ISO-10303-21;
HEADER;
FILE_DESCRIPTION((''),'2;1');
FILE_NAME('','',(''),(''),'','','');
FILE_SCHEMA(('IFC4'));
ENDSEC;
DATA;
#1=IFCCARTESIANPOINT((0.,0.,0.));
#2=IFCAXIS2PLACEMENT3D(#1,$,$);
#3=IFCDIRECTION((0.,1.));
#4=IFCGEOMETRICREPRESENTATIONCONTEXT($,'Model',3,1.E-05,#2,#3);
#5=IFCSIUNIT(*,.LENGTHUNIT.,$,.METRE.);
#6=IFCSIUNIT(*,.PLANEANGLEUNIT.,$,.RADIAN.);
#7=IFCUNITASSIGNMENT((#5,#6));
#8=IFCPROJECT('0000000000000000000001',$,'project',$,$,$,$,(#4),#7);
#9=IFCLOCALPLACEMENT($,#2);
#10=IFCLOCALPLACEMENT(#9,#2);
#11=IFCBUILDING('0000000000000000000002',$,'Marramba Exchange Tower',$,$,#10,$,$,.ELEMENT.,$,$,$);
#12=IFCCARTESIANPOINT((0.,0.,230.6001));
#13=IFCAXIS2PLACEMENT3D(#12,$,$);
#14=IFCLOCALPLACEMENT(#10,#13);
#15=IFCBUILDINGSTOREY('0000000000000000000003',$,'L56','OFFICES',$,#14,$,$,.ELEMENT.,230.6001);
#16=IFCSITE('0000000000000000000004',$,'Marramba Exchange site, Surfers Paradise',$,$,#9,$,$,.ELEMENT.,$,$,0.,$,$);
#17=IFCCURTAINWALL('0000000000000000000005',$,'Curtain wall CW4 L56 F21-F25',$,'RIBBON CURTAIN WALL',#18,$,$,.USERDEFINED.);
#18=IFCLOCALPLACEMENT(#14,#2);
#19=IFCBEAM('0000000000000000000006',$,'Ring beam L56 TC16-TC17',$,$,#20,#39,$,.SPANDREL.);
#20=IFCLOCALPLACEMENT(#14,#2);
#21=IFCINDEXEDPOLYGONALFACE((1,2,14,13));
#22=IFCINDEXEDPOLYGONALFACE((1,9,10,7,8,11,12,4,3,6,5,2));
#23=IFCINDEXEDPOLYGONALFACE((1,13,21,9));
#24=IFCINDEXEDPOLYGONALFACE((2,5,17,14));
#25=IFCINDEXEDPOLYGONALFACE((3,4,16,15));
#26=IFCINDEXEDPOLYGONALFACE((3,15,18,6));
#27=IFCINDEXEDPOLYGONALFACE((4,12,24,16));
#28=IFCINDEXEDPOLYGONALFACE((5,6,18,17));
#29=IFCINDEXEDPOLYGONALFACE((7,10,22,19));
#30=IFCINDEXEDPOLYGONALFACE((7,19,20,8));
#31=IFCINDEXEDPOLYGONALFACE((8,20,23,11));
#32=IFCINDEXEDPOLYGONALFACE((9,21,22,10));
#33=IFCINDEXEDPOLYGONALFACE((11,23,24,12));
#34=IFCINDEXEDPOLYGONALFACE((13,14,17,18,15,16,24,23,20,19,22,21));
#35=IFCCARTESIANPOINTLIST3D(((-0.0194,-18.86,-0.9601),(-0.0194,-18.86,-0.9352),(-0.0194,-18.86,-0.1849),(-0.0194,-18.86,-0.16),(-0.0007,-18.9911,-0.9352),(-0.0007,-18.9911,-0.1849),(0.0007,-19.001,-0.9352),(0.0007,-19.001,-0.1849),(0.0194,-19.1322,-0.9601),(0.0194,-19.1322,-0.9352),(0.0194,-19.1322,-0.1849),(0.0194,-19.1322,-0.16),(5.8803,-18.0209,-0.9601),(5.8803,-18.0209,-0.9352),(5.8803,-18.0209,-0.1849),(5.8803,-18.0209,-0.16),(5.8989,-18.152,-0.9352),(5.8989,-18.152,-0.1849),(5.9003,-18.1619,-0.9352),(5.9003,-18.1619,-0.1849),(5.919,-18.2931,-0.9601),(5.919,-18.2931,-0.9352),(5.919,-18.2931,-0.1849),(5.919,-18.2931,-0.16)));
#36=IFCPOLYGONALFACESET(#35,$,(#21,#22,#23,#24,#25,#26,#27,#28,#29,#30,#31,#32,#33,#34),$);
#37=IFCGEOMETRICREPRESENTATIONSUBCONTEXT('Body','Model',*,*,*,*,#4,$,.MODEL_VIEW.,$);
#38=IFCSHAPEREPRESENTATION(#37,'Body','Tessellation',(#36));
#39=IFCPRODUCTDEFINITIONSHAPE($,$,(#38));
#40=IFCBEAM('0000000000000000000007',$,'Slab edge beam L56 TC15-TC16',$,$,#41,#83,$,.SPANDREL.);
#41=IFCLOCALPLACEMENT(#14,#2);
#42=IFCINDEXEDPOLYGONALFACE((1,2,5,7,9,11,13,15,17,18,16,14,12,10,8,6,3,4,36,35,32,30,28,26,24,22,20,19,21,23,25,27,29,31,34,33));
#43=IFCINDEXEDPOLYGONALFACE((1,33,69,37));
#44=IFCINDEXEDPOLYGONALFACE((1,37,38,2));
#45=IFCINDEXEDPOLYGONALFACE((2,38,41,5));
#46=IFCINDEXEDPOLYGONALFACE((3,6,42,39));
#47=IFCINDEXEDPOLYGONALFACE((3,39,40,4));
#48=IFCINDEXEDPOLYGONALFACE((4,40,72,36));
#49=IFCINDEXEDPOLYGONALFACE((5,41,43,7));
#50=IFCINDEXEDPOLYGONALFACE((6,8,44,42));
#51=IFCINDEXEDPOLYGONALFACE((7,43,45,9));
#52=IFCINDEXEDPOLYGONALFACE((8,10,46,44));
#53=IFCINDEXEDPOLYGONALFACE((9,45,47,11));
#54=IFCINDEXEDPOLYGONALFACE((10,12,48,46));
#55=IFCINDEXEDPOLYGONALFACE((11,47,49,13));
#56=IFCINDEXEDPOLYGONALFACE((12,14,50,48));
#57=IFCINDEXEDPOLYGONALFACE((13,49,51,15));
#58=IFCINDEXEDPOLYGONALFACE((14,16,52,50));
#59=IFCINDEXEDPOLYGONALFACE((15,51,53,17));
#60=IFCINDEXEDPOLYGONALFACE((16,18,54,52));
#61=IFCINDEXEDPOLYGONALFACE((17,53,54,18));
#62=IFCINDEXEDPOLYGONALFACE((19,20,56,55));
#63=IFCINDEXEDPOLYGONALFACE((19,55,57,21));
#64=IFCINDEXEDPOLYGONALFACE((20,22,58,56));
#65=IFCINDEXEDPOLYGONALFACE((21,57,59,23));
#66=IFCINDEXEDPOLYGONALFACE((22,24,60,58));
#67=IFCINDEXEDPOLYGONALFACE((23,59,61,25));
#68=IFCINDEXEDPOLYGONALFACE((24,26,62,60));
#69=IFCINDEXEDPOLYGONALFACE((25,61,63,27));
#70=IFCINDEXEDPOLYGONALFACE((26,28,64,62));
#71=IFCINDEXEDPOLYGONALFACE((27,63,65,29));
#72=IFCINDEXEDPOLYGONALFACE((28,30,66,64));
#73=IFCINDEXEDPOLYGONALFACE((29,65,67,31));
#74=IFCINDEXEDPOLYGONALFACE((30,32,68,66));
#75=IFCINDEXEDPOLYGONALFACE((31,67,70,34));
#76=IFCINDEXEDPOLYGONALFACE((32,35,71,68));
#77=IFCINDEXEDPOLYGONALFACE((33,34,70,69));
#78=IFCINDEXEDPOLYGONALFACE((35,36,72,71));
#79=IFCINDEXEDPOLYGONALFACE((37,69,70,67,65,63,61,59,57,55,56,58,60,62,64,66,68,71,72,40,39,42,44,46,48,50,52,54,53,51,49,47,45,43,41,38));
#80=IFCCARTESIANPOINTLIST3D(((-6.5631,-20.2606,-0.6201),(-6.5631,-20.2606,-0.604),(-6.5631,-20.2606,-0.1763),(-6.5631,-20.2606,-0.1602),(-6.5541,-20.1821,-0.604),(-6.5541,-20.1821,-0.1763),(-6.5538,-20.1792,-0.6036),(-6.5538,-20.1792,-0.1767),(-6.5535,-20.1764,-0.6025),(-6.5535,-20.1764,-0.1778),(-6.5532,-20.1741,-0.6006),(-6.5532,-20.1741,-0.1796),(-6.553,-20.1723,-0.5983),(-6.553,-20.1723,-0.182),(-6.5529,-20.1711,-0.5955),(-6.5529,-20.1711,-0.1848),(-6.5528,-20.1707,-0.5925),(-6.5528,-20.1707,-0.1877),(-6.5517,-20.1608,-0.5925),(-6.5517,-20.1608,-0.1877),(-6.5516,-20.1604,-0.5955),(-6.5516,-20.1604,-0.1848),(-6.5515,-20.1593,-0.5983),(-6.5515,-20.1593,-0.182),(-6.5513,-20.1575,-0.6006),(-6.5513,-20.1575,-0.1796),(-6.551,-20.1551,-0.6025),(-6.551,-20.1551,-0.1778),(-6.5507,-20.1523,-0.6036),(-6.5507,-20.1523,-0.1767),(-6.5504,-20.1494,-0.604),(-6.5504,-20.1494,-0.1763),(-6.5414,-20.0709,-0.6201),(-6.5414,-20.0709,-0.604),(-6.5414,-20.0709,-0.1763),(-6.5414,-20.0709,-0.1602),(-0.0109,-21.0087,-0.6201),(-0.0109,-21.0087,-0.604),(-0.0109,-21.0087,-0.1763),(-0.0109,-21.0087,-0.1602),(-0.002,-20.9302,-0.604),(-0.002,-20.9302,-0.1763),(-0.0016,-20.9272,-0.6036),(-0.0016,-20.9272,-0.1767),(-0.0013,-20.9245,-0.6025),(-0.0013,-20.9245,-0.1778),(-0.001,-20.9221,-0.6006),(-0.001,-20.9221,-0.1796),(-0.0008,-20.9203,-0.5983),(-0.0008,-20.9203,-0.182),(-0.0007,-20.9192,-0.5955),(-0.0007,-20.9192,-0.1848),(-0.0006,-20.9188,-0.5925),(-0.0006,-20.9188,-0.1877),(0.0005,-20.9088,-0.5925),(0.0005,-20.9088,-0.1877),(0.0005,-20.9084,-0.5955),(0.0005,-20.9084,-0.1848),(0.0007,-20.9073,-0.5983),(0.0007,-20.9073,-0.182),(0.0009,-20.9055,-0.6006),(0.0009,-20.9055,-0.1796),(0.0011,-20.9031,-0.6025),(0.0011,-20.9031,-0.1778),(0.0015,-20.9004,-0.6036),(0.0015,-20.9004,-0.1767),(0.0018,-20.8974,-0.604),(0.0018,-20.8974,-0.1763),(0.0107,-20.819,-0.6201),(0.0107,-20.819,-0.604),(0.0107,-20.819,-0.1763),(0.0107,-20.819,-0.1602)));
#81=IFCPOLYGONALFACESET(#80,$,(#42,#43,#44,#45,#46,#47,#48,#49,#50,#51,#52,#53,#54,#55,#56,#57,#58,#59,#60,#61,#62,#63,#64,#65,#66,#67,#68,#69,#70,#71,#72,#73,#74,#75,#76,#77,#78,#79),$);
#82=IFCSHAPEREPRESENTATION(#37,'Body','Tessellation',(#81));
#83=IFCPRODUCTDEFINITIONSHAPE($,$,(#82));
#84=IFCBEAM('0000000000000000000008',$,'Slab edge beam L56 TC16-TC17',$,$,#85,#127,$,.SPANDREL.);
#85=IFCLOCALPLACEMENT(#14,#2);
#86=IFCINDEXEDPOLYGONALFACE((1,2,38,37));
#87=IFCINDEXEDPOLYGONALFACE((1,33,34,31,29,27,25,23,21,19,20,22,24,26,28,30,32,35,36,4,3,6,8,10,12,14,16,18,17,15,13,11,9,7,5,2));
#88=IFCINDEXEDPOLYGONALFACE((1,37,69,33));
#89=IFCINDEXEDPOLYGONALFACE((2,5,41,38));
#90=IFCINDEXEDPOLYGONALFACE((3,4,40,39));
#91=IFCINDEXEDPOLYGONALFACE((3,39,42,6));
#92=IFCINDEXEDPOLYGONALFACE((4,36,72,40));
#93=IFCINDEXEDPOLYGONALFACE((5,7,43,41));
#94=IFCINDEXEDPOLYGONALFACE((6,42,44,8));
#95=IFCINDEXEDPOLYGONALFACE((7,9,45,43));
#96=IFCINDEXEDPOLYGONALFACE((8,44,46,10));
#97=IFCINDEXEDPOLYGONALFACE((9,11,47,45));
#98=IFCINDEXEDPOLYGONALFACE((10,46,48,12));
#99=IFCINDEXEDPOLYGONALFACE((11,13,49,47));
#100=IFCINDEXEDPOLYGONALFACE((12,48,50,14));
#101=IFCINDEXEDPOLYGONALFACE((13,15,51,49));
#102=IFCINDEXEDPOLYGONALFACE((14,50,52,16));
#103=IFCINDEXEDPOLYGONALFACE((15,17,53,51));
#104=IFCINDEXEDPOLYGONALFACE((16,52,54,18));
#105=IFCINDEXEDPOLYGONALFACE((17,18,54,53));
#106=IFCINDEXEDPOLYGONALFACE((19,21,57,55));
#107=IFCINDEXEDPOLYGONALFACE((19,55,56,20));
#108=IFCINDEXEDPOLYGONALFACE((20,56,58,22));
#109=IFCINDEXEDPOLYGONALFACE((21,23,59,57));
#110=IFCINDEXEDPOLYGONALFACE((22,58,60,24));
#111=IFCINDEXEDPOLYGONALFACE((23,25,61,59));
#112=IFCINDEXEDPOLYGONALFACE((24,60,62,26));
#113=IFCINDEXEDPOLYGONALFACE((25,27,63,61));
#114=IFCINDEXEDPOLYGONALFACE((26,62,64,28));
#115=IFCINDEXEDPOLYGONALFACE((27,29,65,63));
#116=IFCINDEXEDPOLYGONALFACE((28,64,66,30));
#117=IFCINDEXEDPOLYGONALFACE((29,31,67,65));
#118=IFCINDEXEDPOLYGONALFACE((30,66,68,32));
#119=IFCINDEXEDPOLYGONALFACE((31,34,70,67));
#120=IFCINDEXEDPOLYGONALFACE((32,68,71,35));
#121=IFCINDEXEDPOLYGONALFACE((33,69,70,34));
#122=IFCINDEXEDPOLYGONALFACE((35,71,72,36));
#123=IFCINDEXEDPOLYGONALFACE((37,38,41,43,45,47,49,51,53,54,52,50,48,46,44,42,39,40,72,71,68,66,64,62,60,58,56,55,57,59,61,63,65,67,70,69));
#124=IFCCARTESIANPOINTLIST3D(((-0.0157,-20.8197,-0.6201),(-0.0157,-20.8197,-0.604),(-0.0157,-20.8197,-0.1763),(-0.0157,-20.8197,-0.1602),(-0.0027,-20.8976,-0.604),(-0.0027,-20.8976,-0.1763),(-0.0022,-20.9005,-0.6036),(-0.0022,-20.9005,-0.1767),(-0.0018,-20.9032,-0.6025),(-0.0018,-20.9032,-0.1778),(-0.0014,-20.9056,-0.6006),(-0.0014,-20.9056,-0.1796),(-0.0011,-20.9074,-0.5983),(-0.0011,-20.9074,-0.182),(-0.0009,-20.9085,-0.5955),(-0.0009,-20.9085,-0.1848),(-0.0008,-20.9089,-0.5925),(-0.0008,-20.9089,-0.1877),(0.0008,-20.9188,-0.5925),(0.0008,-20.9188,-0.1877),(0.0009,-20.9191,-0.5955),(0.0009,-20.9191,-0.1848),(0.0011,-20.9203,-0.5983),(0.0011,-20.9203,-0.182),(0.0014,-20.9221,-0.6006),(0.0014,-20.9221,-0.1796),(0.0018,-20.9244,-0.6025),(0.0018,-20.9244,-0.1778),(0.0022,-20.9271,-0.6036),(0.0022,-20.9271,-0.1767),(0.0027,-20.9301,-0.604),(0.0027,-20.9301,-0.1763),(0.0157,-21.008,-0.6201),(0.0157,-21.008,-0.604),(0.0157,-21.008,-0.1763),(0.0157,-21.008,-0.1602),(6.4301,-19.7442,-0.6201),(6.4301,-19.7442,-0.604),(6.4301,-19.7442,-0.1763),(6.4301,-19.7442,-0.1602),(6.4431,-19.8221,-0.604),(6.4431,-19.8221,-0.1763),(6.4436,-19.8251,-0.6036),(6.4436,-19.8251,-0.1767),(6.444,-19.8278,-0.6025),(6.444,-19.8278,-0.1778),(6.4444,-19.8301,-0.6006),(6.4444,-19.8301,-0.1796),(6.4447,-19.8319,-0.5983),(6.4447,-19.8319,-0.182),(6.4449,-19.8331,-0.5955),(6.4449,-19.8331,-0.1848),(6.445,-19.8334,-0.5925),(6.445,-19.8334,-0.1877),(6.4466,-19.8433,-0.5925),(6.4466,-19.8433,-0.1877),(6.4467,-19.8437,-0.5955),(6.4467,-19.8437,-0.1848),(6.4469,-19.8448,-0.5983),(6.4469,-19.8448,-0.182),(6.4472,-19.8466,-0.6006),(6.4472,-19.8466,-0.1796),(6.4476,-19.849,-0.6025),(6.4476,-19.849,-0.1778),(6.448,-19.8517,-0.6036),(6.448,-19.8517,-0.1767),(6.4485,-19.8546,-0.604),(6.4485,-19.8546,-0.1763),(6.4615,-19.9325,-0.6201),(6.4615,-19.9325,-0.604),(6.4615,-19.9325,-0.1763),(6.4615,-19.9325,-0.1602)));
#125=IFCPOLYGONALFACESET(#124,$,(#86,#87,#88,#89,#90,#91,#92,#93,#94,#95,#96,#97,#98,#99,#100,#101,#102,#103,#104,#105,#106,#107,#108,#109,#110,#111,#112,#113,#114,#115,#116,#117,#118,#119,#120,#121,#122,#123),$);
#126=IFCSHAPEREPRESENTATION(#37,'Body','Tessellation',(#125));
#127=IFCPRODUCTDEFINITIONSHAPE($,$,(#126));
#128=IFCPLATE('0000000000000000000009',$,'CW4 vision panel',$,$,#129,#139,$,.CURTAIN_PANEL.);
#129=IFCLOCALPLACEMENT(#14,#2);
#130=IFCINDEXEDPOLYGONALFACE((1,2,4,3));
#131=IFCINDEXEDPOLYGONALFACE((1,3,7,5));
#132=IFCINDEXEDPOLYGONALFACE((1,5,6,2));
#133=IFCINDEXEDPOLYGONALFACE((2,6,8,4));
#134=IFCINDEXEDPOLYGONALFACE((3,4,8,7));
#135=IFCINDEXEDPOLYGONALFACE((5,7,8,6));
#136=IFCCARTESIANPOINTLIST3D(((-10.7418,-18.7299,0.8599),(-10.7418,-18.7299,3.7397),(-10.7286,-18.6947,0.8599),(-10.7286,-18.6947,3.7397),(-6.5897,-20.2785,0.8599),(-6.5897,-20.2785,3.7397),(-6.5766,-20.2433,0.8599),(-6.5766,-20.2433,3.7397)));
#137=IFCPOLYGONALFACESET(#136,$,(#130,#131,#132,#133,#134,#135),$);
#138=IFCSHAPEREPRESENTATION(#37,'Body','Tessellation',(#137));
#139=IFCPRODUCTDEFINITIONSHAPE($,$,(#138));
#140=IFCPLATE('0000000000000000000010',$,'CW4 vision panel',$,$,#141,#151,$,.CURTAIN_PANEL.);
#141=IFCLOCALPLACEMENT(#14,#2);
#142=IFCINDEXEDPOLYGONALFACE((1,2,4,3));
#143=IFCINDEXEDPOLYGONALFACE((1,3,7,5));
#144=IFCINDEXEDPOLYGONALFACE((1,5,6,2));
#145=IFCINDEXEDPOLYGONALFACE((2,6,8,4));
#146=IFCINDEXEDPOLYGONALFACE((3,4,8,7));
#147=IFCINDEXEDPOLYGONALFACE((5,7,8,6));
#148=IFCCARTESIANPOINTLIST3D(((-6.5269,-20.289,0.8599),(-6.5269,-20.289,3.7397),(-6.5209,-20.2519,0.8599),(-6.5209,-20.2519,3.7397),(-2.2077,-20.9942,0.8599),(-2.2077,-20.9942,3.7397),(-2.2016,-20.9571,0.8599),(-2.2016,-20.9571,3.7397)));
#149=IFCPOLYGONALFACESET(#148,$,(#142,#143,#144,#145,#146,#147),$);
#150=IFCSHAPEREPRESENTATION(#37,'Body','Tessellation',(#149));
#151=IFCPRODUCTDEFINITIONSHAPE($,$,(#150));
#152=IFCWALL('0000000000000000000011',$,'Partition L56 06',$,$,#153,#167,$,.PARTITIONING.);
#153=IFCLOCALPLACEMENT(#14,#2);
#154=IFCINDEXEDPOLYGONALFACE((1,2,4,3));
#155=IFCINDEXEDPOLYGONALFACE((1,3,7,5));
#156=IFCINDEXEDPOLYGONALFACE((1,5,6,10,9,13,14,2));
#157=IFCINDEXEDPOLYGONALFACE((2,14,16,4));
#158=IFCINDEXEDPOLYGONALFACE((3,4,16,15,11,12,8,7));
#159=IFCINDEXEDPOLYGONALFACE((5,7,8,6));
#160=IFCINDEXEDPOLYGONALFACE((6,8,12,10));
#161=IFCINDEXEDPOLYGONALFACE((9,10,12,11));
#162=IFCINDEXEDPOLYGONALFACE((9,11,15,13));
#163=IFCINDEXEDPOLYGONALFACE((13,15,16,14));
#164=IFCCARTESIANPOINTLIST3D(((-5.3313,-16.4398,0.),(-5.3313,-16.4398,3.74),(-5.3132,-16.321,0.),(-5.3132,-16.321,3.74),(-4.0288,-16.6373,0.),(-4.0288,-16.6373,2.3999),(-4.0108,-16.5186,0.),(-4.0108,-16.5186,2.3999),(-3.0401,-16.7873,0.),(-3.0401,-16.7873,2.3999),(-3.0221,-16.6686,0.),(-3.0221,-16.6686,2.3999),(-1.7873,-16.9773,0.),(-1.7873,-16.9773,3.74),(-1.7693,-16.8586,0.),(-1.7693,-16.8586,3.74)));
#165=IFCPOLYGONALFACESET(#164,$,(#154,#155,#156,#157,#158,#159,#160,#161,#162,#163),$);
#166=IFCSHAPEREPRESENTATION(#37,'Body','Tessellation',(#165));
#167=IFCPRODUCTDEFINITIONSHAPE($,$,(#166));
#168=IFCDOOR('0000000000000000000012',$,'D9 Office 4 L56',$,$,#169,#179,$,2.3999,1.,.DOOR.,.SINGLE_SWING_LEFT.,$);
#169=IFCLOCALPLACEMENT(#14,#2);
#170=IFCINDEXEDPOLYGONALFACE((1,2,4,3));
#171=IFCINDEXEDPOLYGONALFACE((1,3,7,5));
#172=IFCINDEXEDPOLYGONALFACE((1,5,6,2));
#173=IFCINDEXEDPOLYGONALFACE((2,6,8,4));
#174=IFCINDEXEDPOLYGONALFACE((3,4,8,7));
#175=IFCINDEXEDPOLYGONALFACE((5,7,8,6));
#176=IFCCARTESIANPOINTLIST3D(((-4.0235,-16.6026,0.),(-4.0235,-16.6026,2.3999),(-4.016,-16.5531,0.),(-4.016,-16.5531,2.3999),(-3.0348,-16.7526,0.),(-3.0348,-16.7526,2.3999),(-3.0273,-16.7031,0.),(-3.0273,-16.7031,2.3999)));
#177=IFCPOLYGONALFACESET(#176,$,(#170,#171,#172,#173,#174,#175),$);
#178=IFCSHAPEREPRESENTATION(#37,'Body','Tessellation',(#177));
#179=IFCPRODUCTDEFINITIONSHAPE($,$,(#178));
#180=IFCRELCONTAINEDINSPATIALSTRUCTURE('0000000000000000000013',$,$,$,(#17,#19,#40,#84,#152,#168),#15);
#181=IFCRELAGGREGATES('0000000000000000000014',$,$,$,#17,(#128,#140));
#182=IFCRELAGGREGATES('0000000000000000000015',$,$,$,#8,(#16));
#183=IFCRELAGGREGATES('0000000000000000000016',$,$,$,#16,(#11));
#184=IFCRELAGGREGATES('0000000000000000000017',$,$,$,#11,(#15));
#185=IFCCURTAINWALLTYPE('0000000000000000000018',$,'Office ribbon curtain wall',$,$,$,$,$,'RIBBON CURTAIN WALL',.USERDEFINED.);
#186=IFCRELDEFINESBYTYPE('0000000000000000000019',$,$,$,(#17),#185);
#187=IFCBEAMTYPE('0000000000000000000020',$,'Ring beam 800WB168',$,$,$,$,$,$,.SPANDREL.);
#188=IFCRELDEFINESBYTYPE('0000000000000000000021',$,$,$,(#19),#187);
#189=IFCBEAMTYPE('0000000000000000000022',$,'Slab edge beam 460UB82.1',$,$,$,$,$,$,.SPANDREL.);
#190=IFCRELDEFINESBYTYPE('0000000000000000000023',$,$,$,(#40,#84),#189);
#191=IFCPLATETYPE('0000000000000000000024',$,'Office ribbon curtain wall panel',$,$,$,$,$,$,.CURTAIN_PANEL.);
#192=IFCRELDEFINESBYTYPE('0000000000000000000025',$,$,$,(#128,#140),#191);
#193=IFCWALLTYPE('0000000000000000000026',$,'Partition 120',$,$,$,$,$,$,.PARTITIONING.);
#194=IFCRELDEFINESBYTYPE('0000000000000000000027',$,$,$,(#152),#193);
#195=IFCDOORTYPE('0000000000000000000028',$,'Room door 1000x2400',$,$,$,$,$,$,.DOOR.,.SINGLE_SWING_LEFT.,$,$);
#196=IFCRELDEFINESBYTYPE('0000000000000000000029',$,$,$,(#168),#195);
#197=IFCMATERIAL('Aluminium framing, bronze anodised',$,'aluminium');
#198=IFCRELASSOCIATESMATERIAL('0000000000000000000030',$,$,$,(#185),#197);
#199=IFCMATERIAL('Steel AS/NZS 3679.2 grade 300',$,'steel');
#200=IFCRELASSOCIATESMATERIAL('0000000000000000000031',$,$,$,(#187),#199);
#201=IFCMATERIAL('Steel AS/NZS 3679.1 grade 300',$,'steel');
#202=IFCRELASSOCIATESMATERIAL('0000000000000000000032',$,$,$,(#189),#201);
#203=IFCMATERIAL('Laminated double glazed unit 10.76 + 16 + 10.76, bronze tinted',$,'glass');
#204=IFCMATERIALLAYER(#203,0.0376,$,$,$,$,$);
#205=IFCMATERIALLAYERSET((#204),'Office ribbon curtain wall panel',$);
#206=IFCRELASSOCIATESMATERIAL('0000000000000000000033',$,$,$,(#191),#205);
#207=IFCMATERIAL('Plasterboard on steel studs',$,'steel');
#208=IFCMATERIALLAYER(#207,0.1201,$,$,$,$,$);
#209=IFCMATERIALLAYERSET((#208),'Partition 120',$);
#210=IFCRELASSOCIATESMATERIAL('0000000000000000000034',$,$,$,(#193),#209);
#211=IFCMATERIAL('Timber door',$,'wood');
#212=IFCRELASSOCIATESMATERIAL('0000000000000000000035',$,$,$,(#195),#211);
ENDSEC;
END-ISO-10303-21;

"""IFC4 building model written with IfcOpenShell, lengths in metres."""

from ifc_helpers import new_model, si_unit, direction, frame, frame_2d, origin, origin_2d, place, context, subcontext, project, spatial, rectangle, i_section, extrude, material, layer, layer_set, material_profile, profile_set, type_object, element, fill, aggregate, save


model = new_model("IFC4")

# Units and contexts
model_context = context("Model", 3, precision=1e-05, world=origin(), true_north=direction((0.0, 1.0)))
body_context = subcontext(model_context, "Body", "Model", "MODEL_VIEW")
ifc_project = project(units=[si_unit("LENGTHUNIT", "METRE"), si_unit("PLANEANGLEUNIT", "RADIAN")], contexts=[model_context])

# Site, building, storey
site_placement = place(None, origin())
site = spatial("IfcSite", under=ifc_project, at=site_placement, Name="Marramba Exchange site, Surfers Paradise", CompositionType="ELEMENT", RefElevation=0.0)
building_placement = place(site_placement, origin())
building = spatial("IfcBuilding", under=site, at=building_placement, Name="Marramba Exchange Tower", CompositionType="ELEMENT")
storey_placement = place(building_placement, frame((0.0, 0.0, 230.6001)))
storey = spatial("IfcBuildingStorey", under=building, at=storey_placement, Name="L56", Description="OFFICES", CompositionType="ELEMENT", Elevation=230.6001)

# Shared definitions
ifc_material_1 = material(Name="Steel AS/NZS 3679.2 grade 300", Category="steel")

# Curtain wall
ifc_material_2 = material(Name="Aluminium framing, bronze anodised", Category="aluminium")
curtain_wall_type = type_object("IfcCurtainWallType", Name="Office ribbon curtain wall", ElementType="RIBBON CURTAIN WALL", PredefinedType="USERDEFINED", material=ifc_material_2)
curtain_wall_placement = place(storey_placement, origin())
curtain_wall = element("IfcCurtainWall", 1, at=curtain_wall_placement, inside=storey, type_object=curtain_wall_type, Name="Curtain wall CW4 L56 F21-F25", ObjectType="RIBBON CURTAIN WALL", PredefinedType="USERDEFINED")

# Beams
ifc_material_profile_1 = material_profile(ifc_material_1, i_section(OverallWidth=0.2749, OverallDepth=0.8, WebThickness=0.01, FlangeThickness=0.0249, at=origin_2d()), Name="800WB168")
ifc_profile_set_1 = profile_set([ifc_material_profile_1], Name="Steel AS/NZS 3679.2 grade 300")
beam_type_1 = type_object("IfcBeamType", Name="Ring beam 800WB168", PredefinedType="SPANDREL", material=ifc_profile_set_1)
for number, where, z_axis, x_axis, name in (
    (2, (0.0, -18.9961, -0.5601), (0.990036, 0.140813, 0.0), (-0.140813, 0.990036, 0.0), "Ring beam L56 TC16-TC17"),
):
    element("IfcBeam", number, at=place(storey_placement, frame(where, z_axis=z_axis, x_axis=x_axis)), inside=storey, type_object=beam_type_1, Name=name, PredefinedType="SPANDREL", context=body_context, shape_type="SweptSolid", body=[
        extrude(i_section(OverallWidth=0.2749, OverallDepth=0.8, WebThickness=0.01, FlangeThickness=0.0249, at=origin_2d()), origin(), (0.0, 0.0, 1.0), 5.959),
    ])
ifc_material_3 = material(Name="Steel AS/NZS 3679.1 grade 300", Category="steel")
ifc_material_profile_2 = material_profile(ifc_material_3, i_section(OverallWidth=0.1909, OverallDepth=0.46, WebThickness=0.01, FlangeThickness=0.0161, FilletRadius=0.0115, at=origin_2d()), Name="460UB82.1")
ifc_profile_set_2 = profile_set([ifc_material_profile_2], Name="Steel AS/NZS 3679.1 grade 300")
beam_type_2 = type_object("IfcBeamType", Name="Slab edge beam 460UB82.1", PredefinedType="SPANDREL", material=ifc_profile_set_2)
beam_1_placement = place(storey_placement, frame((-6.5522, -20.1658, -0.3901), z_axis=(0.993546, -0.11343, 0.0), x_axis=(0.11343, 0.993546, 0.0)))
element("IfcBeam", 3, at=beam_1_placement, inside=storey, type_object=beam_type_2, Name="Slab edge beam L56 TC15-TC16", PredefinedType="SPANDREL", context=body_context, shape_type="SweptSolid", body=[
    extrude(i_section(OverallWidth=0.1909, OverallDepth=0.46, WebThickness=0.01, FlangeThickness=0.0161, FilletRadius=0.0115, at=origin_2d()), origin(), (0.0, 0.0, 1.0), 6.5947),
])
beam_2_placement = place(storey_placement, frame((0.0, -20.9138, -0.3901), z_axis=(0.986366, 0.164569, 0.0), x_axis=(-0.164569, 0.986366, 0.0)))
element("IfcBeam", 4, at=beam_2_placement, inside=storey, type_object=beam_type_2, Name="Slab edge beam L56 TC16-TC17", PredefinedType="SPANDREL", context=body_context, shape_type="SweptSolid", body=[
    extrude(i_section(OverallWidth=0.1909, OverallDepth=0.46, WebThickness=0.01, FlangeThickness=0.0161, FilletRadius=0.0115, at=origin_2d()), origin(), (0.0, 0.0, 1.0), 6.5349),
])

# Plates
ifc_material_4 = material(Name="Laminated double glazed unit 10.76 + 16 + 10.76, bronze tinted", Category="glass")
ifc_layer_1 = layer(ifc_material_4, 0.0376)
ifc_layer_set_1 = layer_set([ifc_layer_1], Name="Office ribbon curtain wall panel")
plate_type = type_object("IfcPlateType", Name="Office ribbon curtain wall panel", PredefinedType="CURTAIN_PANEL", material=ifc_layer_set_1)
plate_1_placement = place(storey_placement, frame((-8.6592, -19.4866, 0.8599), z_axis=(0.0, 0.0, 1.0), x_axis=(0.936952, -0.349459, 0.0)))
plate_1 = element("IfcPlate", 5, at=plate_1_placement, type_object=plate_type, Name="CW4 vision panel", PredefinedType="CURTAIN_PANEL", context=body_context, shape_type="SweptSolid", body=[
    extrude(rectangle(XDim=4.4314, YDim=0.0376, at=origin_2d()), origin(), (0.0, 0.0, 1.0), 2.8799),
])
plate_2_placement = place(storey_placement, frame((-4.3643, -20.623, 0.8599), z_axis=(0.0, 0.0, 1.0), x_axis=(0.986931, -0.161146, 0.0)))
plate_2 = element("IfcPlate", 6, at=plate_2_placement, type_object=plate_type, Name="CW4 vision panel", PredefinedType="CURTAIN_PANEL", context=body_context, shape_type="SweptSolid", body=[
    extrude(rectangle(XDim=4.3765, YDim=0.0376, at=origin_2d()), origin(), (0.0, 0.0, 1.0), 2.8799),
])
aggregate(curtain_wall, [plate_1, plate_2])

# Wall, opening, door
ifc_material_5 = material(Name="Plasterboard on steel studs", Category="steel")
ifc_layer_2 = layer(ifc_material_5, 0.1201)
ifc_layer_set_2 = layer_set([ifc_layer_2], Name="Partition 120")
wall_type = type_object("IfcWallType", Name="Partition 120", PredefinedType="PARTITIONING", material=ifc_layer_set_2)
wall_1_placement = place(storey_placement, frame((-1.7783, -16.918, 0.0), z_axis=(0.0, 0.0, 1.0), x_axis=(-0.988689, 0.149979, 0.0)))
wall_1 = element("IfcWall", 7, at=wall_1_placement, inside=storey, type_object=wall_type, Name="Partition L56 06", PredefinedType="PARTITIONING", context=body_context, shape_type="SweptSolid", body=[
    extrude(rectangle(XDim=3.5845, YDim=0.1201, at=frame_2d((1.7922, 0.0))), origin(), (0.0, 0.0, 1.0), 3.74),
])
opening_placement = place(wall_1_placement, frame((1.2671, 0.0, 0.0)))
opening = element("IfcOpeningElement", 8, at=opening_placement, cuts=wall_1, PredefinedType="OPENING", context=body_context, shape_type="SweptSolid", body=[
    extrude(rectangle(XDim=1.0, YDim=2.3999, at=frame_2d((0.5, 1.2))), frame((0.0, 0.0701, 0.0), z_axis=(0.0, -1.0, 0.0), x_axis=(1.0, 0.0, 0.0)), (0.0, 0.0, 1.0), 0.1401),
])
ifc_material_6 = material(Name="Timber door", Category="wood")
door_type = type_object("IfcDoorType", Name="Room door 1000x2400", OperationType="SINGLE_SWING_LEFT", PredefinedType="DOOR", material=ifc_material_6)
door_placement = place(opening_placement, origin())
door = element("IfcDoor", 9, at=door_placement, inside=storey, type_object=door_type, Name="D9 Office 4 L56", OperationType="SINGLE_SWING_LEFT", OverallHeight=2.3999, OverallWidth=1.0, PredefinedType="DOOR", context=body_context, shape_type="SweptSolid", body=[
    extrude(rectangle(XDim=1.0, YDim=2.3999, at=frame_2d((0.5, 1.2))), frame((0.0, 0.0249, 0.0), z_axis=(0.0, -1.0, 0.0), x_axis=(1.0, 0.0, 0.0)), (0.0, 0.0, 1.0), 0.05),
])
fill(opening, door)

save(model, "model.ifc")
